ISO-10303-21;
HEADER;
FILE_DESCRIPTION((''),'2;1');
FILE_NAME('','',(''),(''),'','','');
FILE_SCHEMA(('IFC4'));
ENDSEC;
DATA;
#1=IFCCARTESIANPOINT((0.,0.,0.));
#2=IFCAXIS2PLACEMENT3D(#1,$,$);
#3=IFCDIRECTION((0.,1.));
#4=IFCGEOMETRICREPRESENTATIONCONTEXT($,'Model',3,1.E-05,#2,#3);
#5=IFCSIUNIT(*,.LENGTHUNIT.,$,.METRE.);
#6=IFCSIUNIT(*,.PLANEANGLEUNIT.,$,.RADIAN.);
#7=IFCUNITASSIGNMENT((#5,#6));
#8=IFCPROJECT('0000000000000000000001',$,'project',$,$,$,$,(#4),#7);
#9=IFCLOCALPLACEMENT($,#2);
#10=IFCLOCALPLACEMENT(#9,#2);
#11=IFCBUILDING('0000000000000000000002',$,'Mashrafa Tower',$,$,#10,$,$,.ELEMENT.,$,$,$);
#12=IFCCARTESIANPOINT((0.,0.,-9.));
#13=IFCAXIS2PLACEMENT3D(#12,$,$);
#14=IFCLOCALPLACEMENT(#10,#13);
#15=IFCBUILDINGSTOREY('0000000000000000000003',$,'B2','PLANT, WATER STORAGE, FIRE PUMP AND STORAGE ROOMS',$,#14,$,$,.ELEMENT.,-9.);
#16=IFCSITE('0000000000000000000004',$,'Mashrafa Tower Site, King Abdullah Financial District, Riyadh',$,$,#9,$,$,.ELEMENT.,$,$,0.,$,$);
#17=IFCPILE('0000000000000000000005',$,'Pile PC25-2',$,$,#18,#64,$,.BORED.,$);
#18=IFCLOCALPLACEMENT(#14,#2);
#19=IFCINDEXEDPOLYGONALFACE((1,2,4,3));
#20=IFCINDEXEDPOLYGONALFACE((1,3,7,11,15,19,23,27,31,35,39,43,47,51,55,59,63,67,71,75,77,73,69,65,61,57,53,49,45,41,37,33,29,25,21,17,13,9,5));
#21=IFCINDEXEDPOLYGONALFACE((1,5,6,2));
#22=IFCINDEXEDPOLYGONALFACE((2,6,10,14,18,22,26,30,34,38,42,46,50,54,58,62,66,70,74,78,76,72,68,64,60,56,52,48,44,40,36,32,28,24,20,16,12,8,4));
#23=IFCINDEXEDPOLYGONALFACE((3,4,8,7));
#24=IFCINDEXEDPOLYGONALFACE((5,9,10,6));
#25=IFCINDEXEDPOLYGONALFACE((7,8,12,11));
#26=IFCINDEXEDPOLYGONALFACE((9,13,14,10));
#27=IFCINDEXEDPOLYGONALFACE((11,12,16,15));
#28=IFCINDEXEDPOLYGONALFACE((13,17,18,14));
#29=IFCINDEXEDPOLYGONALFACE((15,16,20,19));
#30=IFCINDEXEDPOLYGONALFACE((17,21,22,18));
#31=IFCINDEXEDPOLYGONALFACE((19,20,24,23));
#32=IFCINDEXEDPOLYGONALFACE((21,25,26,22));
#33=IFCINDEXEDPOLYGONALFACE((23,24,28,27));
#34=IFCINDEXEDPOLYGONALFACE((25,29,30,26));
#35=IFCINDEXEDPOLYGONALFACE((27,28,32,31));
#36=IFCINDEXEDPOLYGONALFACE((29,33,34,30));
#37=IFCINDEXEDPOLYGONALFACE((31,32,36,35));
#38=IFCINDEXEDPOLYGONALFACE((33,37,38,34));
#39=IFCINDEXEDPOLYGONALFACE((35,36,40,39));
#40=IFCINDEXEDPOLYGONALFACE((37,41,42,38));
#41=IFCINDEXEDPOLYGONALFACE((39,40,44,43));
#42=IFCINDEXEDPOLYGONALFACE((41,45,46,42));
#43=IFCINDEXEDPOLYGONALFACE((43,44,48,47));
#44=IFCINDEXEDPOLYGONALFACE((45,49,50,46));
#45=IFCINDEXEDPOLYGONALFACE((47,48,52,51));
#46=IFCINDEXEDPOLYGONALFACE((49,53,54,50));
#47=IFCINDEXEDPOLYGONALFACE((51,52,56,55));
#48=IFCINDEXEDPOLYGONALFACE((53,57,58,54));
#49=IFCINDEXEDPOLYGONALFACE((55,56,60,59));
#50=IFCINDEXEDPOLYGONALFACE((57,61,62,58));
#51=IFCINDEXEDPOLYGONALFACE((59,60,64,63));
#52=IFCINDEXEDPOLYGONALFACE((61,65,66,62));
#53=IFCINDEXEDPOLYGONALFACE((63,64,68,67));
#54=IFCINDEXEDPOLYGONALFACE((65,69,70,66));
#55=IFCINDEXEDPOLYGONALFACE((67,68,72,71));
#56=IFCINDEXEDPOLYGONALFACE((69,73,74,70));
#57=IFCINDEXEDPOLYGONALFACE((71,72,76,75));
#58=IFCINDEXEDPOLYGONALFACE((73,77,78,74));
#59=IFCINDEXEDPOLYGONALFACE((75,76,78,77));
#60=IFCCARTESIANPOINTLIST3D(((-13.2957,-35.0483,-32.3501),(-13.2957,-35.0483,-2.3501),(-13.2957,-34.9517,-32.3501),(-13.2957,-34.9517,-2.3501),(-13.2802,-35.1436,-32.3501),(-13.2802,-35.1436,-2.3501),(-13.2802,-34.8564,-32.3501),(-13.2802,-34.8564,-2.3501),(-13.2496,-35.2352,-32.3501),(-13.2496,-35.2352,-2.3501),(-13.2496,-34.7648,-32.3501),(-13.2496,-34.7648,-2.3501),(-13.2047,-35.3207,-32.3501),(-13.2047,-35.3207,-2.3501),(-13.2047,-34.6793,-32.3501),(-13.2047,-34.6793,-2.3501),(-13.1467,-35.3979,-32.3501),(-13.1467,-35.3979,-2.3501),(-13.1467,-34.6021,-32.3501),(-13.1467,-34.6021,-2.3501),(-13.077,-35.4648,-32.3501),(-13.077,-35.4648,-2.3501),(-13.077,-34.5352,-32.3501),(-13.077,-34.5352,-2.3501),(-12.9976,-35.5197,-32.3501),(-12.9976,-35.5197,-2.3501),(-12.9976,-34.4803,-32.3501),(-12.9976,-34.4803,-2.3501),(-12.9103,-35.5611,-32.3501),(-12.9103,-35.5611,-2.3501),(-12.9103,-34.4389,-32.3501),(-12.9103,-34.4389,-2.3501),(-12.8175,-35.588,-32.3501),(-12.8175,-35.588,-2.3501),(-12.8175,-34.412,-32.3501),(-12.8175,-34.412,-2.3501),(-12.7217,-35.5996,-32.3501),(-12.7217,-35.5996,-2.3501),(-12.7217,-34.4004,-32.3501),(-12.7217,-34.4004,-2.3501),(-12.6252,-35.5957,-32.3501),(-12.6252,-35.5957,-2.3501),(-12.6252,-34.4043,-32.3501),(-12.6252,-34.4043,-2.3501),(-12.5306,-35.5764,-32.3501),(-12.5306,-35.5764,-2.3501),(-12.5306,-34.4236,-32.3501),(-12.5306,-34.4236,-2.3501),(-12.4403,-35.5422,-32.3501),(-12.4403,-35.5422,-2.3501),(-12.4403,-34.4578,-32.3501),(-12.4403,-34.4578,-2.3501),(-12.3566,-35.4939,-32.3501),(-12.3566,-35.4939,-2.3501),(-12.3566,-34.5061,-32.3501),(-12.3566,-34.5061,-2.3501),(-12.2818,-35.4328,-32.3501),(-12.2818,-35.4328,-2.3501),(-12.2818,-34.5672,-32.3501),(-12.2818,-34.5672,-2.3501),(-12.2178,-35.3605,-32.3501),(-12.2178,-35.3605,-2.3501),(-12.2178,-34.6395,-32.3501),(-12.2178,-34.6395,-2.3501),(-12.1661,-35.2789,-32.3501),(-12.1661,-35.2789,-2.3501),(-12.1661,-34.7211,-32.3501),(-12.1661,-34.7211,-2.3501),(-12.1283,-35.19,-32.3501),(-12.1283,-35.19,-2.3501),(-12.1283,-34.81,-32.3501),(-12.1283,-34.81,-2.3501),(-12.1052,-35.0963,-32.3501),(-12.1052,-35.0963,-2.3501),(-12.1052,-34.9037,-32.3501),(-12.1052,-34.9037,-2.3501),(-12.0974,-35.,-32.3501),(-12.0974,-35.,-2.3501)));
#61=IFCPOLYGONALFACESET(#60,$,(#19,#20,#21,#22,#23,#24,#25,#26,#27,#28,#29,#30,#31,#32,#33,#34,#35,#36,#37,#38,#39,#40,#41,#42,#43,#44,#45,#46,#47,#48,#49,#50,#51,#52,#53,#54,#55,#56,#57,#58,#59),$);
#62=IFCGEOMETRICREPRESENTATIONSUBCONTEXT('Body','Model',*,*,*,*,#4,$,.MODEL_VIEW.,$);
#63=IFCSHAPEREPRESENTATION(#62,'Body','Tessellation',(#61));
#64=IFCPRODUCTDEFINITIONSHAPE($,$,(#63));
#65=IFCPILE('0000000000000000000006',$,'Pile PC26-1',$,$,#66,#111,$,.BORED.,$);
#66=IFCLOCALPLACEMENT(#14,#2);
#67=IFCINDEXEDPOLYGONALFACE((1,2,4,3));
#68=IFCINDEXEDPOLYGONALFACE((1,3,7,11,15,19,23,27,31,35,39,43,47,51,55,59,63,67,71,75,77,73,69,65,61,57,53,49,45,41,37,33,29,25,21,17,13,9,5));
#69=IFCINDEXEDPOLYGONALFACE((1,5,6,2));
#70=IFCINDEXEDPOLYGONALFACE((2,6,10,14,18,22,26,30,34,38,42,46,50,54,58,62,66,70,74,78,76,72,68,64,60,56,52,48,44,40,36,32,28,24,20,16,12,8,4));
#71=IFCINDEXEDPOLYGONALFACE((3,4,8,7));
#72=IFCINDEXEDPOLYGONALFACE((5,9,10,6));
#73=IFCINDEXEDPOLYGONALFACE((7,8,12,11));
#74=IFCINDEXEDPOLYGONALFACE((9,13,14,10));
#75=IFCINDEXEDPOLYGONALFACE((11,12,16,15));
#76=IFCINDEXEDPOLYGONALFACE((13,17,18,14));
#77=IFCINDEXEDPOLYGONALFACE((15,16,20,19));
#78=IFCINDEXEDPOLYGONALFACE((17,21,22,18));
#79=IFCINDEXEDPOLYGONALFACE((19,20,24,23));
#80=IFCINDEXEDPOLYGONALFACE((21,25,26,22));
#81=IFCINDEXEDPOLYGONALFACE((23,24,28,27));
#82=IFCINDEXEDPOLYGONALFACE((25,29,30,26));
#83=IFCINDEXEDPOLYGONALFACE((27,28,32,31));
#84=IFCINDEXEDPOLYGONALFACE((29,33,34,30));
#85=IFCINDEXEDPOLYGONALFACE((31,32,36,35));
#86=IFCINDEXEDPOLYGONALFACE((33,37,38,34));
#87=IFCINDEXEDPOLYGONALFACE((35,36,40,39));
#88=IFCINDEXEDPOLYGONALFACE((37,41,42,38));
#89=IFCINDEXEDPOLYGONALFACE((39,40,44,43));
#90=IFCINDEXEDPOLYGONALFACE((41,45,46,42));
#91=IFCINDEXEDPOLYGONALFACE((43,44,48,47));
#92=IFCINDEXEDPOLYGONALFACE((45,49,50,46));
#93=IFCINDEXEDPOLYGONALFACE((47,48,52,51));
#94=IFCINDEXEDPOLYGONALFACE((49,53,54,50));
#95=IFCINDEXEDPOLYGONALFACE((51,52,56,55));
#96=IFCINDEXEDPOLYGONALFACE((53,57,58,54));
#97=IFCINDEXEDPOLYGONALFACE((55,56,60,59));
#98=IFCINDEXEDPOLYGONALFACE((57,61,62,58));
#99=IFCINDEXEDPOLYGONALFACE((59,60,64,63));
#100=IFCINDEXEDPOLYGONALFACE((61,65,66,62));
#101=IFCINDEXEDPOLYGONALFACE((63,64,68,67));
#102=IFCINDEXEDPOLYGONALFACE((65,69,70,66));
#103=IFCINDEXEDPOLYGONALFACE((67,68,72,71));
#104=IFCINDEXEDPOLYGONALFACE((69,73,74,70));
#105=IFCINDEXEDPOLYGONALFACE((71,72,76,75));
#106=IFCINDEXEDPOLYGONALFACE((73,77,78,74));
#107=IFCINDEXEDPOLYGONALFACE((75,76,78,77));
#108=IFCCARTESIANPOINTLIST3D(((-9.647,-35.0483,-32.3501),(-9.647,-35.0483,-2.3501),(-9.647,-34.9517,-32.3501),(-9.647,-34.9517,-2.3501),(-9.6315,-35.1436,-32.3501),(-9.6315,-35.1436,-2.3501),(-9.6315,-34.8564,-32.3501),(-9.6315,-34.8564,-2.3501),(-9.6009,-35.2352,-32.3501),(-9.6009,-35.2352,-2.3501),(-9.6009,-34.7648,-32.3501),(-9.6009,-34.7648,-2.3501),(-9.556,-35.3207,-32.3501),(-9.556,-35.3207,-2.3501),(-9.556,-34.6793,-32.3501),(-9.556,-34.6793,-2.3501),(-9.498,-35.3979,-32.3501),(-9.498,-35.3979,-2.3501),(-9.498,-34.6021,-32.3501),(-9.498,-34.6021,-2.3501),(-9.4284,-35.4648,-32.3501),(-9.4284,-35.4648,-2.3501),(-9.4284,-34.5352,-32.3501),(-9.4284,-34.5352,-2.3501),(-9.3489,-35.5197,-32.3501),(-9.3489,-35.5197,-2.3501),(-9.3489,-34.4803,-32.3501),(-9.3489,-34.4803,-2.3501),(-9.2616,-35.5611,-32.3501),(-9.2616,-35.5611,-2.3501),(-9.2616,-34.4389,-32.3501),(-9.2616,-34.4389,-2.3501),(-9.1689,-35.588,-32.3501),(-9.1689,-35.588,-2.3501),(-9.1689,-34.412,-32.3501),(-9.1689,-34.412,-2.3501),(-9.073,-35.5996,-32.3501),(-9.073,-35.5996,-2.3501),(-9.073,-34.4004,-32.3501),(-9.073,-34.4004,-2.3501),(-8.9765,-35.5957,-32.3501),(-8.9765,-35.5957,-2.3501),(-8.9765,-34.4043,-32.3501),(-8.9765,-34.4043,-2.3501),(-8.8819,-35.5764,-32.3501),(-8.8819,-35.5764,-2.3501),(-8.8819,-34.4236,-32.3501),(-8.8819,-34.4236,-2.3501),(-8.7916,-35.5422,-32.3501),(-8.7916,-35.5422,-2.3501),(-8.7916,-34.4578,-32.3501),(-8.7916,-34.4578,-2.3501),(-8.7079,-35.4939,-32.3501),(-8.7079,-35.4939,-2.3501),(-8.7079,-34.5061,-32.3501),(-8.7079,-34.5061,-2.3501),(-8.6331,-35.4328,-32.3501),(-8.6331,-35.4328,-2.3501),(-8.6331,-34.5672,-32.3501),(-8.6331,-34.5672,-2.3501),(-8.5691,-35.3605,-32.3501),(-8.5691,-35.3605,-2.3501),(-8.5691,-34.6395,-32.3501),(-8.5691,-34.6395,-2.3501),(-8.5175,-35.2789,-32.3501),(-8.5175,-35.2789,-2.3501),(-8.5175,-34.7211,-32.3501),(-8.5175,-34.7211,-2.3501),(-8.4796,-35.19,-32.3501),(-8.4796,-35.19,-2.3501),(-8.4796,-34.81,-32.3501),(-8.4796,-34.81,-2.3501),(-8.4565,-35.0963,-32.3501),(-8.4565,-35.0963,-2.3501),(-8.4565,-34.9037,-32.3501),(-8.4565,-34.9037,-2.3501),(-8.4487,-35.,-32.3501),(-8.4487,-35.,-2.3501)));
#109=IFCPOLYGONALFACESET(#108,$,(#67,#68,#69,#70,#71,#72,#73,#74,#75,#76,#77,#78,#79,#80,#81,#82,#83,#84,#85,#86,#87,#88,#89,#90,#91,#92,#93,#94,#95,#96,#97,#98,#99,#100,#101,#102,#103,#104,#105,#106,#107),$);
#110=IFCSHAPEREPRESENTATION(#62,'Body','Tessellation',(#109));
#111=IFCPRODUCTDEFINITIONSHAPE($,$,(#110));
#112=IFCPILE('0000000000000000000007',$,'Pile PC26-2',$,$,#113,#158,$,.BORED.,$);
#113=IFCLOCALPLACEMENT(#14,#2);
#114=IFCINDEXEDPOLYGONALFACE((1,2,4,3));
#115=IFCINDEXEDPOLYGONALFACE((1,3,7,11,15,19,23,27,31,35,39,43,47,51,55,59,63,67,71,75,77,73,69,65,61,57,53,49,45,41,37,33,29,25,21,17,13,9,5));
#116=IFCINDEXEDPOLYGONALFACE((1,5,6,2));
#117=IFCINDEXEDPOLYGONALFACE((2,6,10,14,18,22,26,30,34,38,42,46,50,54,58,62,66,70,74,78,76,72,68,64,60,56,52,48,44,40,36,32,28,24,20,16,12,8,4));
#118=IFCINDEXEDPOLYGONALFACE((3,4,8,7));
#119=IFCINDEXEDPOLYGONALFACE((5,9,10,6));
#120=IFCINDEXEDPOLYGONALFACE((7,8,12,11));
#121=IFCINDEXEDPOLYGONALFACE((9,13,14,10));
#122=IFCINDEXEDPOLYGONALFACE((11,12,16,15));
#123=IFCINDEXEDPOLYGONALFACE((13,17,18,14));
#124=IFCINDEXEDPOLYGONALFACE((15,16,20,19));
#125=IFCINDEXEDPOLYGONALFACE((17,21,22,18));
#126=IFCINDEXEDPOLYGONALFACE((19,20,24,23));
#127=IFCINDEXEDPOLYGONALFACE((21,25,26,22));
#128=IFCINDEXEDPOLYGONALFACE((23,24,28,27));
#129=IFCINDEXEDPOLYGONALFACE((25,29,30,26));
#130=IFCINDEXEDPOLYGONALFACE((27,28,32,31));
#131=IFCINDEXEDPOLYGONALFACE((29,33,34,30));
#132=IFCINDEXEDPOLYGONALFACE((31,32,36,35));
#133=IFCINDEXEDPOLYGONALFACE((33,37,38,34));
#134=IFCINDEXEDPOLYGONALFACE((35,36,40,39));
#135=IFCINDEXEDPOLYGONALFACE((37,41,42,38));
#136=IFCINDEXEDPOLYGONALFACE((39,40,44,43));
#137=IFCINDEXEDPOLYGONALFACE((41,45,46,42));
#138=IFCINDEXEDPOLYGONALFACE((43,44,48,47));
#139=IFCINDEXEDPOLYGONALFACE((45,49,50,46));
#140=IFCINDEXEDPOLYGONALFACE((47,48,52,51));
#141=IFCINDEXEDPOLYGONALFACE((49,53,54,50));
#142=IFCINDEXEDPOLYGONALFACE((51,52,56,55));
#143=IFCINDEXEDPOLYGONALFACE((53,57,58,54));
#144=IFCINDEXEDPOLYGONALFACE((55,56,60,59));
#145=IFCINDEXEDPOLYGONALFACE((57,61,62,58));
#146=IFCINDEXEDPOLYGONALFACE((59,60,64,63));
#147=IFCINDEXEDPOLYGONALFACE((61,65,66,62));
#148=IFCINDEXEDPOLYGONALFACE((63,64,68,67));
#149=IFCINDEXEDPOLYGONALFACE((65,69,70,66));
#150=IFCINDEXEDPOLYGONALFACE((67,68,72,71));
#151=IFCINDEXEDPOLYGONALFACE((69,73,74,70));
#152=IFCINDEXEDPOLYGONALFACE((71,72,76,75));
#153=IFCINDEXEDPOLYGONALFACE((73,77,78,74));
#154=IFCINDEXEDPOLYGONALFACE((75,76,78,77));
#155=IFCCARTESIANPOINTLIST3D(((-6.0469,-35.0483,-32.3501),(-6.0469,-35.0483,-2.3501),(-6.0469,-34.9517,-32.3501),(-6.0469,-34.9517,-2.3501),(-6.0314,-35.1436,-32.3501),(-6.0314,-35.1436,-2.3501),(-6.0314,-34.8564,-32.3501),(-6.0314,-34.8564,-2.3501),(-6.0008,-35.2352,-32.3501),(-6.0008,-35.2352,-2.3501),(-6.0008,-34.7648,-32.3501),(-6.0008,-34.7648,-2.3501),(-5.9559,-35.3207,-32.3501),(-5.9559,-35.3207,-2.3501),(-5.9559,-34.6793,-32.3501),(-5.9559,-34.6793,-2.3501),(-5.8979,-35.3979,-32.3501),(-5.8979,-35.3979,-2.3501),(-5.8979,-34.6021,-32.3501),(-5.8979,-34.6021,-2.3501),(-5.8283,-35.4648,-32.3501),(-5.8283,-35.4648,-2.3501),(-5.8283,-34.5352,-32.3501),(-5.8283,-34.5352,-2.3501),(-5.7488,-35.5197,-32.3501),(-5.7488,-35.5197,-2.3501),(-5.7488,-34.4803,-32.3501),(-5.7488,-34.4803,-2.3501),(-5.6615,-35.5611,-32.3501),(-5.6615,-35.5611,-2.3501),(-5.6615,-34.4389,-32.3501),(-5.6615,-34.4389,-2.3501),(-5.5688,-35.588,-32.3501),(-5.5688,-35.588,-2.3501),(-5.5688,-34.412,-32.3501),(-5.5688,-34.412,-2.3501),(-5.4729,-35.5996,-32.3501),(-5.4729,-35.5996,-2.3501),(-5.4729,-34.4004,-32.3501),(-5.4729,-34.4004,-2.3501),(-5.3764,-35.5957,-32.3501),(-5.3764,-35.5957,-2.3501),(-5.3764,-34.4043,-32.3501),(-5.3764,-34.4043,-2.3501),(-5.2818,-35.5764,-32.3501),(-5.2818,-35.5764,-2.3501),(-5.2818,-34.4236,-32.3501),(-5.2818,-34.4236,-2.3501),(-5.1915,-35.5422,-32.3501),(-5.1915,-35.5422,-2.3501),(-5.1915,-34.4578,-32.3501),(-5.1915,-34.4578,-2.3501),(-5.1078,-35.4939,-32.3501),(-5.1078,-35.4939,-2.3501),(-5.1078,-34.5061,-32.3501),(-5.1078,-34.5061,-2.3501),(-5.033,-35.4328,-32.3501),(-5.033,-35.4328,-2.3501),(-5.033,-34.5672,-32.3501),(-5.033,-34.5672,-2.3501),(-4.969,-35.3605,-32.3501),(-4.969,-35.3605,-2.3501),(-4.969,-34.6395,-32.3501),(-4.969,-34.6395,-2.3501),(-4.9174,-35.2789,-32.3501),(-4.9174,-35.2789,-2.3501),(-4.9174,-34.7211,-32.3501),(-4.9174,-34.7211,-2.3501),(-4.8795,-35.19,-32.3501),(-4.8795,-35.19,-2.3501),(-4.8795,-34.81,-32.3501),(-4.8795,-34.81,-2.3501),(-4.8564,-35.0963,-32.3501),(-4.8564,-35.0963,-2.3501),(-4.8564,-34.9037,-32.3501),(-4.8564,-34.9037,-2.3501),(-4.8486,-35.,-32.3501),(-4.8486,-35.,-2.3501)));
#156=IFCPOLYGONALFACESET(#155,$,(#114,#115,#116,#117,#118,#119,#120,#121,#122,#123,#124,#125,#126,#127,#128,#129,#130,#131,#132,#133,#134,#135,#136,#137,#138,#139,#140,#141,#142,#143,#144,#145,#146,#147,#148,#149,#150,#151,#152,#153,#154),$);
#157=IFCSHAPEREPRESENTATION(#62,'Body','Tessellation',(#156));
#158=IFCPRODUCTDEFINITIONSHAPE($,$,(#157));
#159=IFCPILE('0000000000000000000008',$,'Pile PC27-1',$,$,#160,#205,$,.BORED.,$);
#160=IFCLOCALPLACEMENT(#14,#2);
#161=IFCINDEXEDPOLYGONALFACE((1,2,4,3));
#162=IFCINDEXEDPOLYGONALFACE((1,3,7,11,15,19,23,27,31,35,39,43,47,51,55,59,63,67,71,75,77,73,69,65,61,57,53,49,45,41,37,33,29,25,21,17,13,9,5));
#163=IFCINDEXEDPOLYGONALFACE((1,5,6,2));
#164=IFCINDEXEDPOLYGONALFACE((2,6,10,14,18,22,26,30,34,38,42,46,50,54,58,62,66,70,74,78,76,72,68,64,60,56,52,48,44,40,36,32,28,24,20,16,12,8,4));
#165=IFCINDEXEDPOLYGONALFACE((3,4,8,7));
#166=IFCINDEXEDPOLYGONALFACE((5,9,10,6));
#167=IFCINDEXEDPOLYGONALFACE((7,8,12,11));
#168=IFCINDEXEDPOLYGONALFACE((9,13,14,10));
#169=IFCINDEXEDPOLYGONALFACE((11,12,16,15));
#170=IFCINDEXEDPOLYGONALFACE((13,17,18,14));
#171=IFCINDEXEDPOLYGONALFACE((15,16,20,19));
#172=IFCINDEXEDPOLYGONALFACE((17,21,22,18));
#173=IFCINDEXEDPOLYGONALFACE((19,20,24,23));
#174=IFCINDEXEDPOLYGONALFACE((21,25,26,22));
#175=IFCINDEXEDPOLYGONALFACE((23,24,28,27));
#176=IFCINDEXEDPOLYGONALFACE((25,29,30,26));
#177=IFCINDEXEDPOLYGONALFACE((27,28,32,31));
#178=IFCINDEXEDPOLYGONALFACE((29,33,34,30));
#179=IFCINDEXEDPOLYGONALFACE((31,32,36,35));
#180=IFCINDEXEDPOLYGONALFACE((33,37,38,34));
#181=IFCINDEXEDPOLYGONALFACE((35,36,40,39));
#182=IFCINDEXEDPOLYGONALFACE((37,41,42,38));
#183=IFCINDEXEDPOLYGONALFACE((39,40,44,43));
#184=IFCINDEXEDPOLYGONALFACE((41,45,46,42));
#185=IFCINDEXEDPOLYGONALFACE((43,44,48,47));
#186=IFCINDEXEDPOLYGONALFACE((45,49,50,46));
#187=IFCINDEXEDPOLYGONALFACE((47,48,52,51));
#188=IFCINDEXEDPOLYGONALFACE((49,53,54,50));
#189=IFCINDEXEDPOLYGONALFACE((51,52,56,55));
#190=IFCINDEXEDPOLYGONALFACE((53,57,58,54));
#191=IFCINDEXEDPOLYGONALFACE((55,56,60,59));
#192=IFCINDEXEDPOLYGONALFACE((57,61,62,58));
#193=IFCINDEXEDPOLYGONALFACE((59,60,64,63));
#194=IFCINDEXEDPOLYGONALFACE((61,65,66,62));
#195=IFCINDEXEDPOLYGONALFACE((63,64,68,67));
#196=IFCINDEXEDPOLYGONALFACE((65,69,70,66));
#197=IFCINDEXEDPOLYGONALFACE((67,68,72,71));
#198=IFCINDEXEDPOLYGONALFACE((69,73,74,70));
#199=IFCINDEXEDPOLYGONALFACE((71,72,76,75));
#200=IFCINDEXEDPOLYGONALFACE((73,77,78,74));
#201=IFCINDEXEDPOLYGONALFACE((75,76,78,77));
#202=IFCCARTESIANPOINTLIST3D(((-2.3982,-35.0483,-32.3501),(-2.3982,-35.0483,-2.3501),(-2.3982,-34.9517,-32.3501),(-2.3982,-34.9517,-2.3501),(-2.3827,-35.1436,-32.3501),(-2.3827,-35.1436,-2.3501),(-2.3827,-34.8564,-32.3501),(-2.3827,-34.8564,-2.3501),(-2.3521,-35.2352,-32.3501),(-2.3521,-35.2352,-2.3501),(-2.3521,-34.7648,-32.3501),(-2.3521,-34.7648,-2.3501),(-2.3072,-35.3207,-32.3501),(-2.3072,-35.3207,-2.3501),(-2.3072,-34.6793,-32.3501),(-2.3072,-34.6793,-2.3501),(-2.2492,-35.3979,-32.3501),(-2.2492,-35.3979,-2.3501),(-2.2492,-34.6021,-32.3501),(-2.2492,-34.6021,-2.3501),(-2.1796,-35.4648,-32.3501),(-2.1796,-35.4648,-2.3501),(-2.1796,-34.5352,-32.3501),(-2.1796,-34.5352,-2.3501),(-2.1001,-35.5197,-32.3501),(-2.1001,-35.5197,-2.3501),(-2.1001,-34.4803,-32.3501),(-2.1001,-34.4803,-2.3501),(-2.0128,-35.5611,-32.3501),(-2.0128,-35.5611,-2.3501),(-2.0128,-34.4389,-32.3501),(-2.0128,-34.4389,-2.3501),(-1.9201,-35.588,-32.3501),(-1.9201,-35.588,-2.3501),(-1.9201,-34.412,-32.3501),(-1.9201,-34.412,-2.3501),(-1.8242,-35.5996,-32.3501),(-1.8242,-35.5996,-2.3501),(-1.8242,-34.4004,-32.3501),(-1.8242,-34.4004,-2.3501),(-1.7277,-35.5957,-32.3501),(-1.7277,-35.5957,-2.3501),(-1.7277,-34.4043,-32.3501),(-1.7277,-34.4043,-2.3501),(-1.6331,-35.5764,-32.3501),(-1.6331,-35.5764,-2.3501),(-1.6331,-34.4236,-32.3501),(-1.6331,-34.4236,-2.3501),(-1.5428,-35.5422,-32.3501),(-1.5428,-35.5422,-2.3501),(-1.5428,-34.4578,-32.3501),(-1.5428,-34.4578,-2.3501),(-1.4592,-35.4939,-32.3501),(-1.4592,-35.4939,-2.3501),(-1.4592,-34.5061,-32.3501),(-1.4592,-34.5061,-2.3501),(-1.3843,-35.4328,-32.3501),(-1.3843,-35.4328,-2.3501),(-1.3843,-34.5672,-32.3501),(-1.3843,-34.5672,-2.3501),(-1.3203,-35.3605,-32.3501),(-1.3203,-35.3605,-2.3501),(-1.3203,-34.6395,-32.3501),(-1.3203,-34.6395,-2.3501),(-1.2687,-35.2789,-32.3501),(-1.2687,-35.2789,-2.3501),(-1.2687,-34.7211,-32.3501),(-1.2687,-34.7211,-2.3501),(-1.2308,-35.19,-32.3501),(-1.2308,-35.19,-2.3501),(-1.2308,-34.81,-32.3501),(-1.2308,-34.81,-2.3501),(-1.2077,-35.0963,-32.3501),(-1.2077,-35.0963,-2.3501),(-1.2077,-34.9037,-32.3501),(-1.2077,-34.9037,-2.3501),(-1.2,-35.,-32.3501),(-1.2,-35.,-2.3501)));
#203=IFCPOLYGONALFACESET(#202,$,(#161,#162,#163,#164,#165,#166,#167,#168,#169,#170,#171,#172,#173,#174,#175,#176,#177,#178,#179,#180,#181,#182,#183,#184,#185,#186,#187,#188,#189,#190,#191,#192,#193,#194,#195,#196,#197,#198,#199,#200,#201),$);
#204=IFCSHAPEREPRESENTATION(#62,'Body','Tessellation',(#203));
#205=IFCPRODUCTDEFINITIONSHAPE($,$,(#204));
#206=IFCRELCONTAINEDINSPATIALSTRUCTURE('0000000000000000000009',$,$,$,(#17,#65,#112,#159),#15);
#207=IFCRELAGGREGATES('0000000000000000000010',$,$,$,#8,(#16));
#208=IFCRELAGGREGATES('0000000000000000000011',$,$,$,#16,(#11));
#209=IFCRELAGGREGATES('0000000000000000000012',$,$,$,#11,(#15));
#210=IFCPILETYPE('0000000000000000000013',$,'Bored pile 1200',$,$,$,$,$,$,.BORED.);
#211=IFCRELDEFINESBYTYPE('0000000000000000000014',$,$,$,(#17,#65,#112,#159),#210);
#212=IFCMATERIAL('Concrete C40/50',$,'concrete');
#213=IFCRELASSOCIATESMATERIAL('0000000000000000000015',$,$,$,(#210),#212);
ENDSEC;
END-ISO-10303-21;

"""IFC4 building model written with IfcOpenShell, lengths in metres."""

from ifc_helpers import new_model, si_unit, direction, frame, origin, origin_2d, place, context, subcontext, project, spatial, circle, extrude, material, material_profile, profile_set, type_object, element, save


model = new_model("IFC4")

# Units and contexts
model_context = context("Model", 3, precision=1e-05, world=origin(), true_north=direction((0.0, 1.0)))
body_context = subcontext(model_context, "Body", "Model", "MODEL_VIEW")
ifc_project = project(units=[si_unit("LENGTHUNIT", "METRE"), si_unit("PLANEANGLEUNIT", "RADIAN")], contexts=[model_context])

# Site, building, storey
site_placement = place(None, origin())
site = spatial("IfcSite", under=ifc_project, at=site_placement, Name="Mashrafa Tower Site, King Abdullah Financial District, Riyadh", CompositionType="ELEMENT", RefElevation=0.0)
building_placement = place(site_placement, origin())
building = spatial("IfcBuilding", under=site, at=building_placement, Name="Mashrafa Tower", CompositionType="ELEMENT")
storey_placement = place(building_placement, frame((0.0, 0.0, -9.0)))
storey = spatial("IfcBuildingStorey", under=building, at=storey_placement, Name="B2", Description="PLANT, WATER STORAGE, FIRE PUMP AND STORAGE ROOMS", CompositionType="ELEMENT", Elevation=-9.0)

# Piles
ifc_material_1 = material(Name="Concrete C40/50", Category="concrete")
ifc_material_profile_1 = material_profile(ifc_material_1, circle(Radius=0.6001, at=origin_2d()), Name="1200 DIA")
ifc_profile_set_1 = profile_set([ifc_material_profile_1], Name="Concrete C40/50")
pile_type_1 = type_object("IfcPileType", Name="Bored pile 1200", PredefinedType="BORED", material=ifc_profile_set_1)
for number, where, z_axis, x_axis, name in (
    (1, (-12.6975, -35.0, -2.3501), (0.0, 0.0, -1.0), (1.0, 0.0, 0.0), "Pile PC25-2"),
    (2, (-9.0488, -35.0, -2.3501), (0.0, 0.0, -1.0), (1.0, 0.0, 0.0), "Pile PC26-1"),
    (3, (-5.4487, -35.0, -2.3501), (0.0, 0.0, -1.0), (1.0, 0.0, 0.0), "Pile PC26-2"),
    (4, (-1.8, -35.0, -2.3501), (0.0, 0.0, -1.0), (1.0, 0.0, 0.0), "Pile PC27-1"),
):
    element("IfcPile", number, at=place(storey_placement, frame(where, z_axis=z_axis, x_axis=x_axis)), inside=storey, type_object=pile_type_1, Name=name, PredefinedType="BORED", context=body_context, shape_type="SweptSolid", body=[
        extrude(circle(Radius=0.6001, at=origin_2d()), origin(), (0.0, 0.0, 1.0), 30.0),
    ])

save(model, "model.ifc")
